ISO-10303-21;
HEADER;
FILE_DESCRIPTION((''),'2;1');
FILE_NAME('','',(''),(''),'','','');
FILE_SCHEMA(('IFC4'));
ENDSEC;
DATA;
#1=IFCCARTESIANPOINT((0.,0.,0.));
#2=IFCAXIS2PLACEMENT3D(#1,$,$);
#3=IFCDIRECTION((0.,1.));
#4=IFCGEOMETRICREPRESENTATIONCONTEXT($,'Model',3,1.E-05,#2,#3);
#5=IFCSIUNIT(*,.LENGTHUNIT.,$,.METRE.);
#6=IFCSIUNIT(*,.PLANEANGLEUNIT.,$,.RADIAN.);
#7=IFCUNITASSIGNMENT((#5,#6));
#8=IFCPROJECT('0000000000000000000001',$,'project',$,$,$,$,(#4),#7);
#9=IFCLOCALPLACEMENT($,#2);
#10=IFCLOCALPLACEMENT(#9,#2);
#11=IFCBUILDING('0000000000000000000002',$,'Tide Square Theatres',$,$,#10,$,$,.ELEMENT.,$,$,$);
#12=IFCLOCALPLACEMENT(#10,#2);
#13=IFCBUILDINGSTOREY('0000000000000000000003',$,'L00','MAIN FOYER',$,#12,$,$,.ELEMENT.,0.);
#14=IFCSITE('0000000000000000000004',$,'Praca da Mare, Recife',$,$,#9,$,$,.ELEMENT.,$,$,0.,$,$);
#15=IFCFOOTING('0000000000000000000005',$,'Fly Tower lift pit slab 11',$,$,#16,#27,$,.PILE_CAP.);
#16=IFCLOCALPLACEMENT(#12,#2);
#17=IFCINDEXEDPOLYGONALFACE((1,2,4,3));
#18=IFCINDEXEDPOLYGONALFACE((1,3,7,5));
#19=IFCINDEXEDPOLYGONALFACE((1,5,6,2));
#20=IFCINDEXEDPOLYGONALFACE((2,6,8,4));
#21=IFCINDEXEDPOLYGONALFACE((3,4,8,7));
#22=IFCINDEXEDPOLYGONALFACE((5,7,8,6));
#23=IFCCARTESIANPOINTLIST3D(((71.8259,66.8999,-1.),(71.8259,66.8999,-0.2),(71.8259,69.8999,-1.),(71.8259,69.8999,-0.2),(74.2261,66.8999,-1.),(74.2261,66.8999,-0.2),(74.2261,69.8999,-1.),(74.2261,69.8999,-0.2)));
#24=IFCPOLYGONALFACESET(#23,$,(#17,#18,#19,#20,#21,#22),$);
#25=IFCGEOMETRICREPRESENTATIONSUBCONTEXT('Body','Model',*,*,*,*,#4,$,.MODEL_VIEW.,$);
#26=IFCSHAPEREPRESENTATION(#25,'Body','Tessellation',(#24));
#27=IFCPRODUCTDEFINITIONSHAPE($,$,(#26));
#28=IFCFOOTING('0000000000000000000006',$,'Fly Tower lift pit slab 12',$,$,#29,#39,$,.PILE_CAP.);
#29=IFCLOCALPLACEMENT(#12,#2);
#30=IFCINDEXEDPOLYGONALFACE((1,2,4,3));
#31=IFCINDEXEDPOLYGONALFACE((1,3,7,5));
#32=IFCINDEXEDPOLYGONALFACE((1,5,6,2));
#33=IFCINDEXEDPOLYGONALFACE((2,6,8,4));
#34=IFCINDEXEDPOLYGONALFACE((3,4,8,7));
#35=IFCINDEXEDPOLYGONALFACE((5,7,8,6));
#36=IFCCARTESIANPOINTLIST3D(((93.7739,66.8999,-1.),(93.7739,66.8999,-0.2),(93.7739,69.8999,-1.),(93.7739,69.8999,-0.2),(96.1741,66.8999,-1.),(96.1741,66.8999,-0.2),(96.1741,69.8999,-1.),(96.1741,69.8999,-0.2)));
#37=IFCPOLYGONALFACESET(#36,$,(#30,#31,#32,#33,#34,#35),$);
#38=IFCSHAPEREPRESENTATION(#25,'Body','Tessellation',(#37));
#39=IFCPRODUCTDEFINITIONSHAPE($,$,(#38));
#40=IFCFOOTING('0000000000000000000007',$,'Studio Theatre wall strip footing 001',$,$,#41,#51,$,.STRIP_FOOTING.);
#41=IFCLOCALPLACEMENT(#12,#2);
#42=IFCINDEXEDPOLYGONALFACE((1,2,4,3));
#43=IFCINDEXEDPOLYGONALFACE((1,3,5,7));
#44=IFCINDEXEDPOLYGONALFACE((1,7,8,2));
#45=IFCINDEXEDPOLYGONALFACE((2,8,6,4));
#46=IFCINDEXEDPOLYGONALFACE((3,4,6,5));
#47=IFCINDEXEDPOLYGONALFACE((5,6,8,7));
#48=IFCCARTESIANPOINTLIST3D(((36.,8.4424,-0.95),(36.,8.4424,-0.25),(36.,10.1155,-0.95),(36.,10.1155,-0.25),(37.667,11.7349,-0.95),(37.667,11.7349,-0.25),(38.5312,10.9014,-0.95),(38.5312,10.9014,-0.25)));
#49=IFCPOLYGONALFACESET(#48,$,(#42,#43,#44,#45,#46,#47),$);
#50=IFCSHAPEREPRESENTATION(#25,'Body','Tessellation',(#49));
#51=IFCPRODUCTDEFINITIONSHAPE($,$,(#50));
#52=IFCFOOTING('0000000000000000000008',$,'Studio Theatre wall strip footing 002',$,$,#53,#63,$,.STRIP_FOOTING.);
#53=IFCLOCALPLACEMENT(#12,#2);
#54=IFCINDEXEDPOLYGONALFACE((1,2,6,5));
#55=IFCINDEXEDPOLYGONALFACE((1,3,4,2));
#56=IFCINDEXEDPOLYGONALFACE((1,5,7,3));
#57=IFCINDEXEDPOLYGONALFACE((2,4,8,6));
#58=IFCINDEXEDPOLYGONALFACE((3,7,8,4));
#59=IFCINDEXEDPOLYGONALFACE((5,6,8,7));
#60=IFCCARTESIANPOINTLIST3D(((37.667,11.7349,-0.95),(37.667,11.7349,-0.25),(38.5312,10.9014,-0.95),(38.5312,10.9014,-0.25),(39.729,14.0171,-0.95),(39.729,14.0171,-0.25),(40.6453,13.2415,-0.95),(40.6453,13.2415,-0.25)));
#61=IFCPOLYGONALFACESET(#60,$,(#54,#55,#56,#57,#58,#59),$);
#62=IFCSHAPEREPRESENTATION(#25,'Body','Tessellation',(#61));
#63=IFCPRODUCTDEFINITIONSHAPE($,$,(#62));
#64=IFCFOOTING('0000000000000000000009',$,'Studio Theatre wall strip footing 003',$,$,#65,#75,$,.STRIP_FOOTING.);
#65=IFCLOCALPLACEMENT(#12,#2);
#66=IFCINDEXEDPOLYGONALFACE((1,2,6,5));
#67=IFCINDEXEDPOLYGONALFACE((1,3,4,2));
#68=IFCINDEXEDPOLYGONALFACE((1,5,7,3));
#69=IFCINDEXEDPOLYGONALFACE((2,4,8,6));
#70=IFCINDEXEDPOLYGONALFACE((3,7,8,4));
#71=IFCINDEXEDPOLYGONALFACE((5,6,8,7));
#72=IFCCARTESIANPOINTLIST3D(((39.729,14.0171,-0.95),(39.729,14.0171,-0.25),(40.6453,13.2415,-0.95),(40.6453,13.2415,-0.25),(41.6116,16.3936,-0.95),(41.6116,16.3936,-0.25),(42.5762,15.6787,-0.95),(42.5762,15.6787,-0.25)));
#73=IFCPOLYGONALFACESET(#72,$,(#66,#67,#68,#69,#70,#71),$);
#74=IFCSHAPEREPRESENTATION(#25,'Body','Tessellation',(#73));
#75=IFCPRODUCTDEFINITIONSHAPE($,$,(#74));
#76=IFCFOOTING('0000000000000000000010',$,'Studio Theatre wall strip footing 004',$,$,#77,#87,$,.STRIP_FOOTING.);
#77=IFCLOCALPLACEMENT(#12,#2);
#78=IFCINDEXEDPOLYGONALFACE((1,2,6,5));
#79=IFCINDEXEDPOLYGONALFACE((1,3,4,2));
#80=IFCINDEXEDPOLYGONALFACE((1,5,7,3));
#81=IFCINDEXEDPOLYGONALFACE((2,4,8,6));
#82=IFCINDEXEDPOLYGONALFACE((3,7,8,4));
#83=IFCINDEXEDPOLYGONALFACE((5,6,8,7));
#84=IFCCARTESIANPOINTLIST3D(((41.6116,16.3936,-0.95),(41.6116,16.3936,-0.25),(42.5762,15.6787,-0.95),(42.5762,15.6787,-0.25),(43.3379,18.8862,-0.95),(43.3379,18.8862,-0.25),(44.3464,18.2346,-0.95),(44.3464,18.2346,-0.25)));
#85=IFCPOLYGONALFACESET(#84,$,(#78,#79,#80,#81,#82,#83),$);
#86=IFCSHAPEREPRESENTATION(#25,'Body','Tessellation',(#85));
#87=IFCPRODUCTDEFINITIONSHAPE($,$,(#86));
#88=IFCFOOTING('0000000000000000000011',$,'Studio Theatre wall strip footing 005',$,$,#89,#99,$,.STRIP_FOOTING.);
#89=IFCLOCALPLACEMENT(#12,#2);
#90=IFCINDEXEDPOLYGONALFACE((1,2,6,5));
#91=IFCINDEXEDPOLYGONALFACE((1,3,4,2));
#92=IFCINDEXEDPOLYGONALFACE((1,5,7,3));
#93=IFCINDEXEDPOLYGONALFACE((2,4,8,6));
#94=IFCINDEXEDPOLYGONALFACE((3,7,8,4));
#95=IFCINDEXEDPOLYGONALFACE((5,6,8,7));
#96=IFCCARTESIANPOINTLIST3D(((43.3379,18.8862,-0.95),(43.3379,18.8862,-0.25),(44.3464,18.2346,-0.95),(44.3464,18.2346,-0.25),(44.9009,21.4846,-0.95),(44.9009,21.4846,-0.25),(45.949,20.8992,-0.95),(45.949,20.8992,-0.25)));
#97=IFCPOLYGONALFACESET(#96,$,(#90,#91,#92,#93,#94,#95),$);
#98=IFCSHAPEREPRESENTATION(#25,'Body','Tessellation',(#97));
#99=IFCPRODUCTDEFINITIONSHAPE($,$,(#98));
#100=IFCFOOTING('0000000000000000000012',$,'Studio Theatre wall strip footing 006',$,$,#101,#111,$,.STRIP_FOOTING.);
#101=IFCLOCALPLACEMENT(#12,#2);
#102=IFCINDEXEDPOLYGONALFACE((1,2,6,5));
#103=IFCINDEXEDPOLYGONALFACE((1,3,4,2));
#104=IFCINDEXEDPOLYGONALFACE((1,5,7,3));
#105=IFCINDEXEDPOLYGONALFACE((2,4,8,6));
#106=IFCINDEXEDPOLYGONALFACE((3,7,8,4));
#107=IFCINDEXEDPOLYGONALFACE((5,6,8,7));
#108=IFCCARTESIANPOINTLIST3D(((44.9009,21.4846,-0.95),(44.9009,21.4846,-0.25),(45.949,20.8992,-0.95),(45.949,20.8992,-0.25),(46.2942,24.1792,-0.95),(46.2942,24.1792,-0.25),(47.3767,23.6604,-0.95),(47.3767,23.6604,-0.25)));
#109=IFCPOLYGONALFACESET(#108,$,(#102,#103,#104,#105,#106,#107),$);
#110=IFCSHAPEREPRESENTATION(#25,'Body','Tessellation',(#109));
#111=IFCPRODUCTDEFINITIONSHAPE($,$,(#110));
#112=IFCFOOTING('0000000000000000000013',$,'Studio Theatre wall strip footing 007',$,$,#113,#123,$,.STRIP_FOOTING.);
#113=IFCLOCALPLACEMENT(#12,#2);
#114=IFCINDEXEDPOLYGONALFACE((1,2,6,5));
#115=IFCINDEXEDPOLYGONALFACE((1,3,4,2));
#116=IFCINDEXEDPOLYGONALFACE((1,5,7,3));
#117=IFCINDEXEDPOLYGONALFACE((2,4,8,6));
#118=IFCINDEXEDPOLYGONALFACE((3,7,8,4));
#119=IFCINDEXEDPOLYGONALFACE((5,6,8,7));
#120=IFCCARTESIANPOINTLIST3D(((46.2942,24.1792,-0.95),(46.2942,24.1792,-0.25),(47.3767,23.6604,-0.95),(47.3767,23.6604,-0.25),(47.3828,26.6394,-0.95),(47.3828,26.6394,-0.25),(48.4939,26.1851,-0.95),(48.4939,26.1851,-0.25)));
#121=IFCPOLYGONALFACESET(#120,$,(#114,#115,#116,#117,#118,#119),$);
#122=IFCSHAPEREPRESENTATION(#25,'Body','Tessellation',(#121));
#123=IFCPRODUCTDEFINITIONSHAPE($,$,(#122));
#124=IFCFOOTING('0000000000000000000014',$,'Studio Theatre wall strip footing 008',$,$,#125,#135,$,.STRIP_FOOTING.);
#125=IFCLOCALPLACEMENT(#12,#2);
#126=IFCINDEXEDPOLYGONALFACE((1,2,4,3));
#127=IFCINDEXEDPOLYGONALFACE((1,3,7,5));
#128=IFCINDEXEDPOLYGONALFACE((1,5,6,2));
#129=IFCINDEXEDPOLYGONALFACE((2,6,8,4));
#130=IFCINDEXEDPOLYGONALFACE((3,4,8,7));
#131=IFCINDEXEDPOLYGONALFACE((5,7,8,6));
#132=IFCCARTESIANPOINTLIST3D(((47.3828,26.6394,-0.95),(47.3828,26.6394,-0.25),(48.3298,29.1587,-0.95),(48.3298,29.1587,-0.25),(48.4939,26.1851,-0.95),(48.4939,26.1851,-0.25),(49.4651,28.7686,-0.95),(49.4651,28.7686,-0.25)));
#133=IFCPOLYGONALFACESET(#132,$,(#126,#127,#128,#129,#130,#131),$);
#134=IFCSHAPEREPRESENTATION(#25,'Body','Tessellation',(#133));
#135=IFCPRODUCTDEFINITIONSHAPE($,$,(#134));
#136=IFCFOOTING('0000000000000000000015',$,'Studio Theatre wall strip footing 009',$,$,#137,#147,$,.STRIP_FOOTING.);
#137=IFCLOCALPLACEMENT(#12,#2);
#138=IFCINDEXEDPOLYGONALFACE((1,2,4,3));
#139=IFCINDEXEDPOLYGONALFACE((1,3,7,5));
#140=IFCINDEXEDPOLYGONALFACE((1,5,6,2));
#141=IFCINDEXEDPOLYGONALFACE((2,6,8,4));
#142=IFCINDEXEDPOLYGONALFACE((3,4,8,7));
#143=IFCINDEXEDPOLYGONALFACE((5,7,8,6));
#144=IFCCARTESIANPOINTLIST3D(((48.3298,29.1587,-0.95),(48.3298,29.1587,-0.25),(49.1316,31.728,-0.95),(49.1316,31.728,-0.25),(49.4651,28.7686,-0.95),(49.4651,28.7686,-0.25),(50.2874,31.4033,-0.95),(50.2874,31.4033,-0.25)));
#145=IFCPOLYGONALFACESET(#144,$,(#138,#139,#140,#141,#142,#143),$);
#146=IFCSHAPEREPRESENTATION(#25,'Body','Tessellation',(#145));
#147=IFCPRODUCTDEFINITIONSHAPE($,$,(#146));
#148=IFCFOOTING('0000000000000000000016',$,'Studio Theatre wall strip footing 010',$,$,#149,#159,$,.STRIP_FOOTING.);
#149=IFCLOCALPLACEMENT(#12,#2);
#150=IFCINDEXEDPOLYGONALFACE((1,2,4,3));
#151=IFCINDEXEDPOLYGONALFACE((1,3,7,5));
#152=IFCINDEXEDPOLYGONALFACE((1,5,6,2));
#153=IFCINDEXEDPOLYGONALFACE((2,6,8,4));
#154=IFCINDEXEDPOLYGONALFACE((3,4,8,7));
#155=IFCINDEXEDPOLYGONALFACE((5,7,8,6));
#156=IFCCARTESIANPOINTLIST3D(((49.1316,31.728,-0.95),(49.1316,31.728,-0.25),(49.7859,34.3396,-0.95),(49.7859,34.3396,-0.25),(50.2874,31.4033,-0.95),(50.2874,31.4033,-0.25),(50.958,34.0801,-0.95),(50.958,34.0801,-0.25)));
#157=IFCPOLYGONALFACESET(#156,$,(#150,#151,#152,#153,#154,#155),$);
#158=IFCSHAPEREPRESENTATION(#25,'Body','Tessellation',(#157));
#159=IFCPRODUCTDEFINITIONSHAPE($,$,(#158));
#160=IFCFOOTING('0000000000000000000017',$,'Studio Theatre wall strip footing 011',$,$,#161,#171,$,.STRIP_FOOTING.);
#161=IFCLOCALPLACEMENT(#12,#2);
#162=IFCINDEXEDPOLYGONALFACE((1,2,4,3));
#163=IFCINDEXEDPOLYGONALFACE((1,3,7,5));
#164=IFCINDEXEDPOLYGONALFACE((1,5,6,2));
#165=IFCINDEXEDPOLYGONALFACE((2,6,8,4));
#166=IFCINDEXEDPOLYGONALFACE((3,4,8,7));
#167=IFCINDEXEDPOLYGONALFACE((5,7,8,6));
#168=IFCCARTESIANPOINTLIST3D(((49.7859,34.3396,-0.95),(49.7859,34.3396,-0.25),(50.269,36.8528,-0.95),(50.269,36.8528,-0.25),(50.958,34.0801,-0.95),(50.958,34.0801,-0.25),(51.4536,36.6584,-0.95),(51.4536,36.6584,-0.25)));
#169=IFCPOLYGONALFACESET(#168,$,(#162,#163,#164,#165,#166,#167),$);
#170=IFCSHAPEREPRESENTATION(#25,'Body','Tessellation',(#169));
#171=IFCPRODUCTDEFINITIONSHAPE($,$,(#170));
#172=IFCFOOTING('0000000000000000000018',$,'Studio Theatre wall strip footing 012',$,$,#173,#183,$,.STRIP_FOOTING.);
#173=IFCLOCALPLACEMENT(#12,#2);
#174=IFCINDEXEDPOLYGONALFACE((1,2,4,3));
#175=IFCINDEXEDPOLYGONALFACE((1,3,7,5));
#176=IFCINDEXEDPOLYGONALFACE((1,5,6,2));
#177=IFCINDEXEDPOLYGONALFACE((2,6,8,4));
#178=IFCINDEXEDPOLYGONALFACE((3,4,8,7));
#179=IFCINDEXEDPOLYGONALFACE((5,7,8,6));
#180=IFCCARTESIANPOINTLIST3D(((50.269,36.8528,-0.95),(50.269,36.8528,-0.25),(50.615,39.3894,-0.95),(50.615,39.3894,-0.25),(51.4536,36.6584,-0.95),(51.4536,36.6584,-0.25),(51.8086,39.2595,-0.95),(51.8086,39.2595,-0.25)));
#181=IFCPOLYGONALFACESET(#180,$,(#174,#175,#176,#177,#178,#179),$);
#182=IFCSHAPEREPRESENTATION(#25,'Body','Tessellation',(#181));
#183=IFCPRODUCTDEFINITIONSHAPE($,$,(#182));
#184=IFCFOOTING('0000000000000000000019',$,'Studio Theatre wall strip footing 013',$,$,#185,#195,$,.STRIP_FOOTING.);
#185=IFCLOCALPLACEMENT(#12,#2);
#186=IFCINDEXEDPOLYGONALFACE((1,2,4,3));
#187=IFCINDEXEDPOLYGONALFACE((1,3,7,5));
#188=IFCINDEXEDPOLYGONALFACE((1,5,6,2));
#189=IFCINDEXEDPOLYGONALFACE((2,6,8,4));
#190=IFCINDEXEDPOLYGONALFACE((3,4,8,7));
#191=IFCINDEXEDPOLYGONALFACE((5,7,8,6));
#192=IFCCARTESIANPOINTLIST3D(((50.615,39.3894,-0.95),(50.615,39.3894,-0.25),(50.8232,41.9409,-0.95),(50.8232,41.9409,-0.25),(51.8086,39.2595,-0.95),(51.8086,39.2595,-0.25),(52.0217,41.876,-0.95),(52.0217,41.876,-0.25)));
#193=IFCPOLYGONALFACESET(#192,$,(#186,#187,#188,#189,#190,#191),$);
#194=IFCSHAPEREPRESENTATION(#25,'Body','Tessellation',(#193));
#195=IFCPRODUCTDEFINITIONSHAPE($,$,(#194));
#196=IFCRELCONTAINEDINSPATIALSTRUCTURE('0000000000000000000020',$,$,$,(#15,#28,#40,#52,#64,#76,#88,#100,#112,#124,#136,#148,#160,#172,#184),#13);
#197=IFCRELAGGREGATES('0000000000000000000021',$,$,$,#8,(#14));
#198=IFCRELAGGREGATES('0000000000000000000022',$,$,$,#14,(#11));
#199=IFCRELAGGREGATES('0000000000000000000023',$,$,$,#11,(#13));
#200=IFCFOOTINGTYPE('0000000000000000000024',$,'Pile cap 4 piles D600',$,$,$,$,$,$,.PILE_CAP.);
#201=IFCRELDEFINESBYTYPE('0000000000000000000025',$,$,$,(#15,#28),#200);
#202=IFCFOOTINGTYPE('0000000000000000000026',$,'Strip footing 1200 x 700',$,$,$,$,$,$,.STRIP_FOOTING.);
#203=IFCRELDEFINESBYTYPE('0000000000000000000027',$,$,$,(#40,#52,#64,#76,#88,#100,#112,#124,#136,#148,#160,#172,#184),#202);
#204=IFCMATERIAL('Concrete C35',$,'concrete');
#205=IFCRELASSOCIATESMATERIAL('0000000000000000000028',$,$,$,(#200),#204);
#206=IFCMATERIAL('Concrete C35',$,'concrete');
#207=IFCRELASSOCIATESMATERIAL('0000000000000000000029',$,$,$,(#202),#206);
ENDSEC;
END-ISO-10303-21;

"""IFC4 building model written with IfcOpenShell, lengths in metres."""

from ifc_helpers import new_model, si_unit, direction, frame, origin, place, context, subcontext, project, spatial, polyline, outline, extrude, material, type_object, element, save


model = new_model("IFC4")

# Units and contexts
model_context = context("Model", 3, precision=1e-05, world=origin(), true_north=direction((0.0, 1.0)))
body_context = subcontext(model_context, "Body", "Model", "MODEL_VIEW")
ifc_project = project(units=[si_unit("LENGTHUNIT", "METRE"), si_unit("PLANEANGLEUNIT", "RADIAN")], contexts=[model_context])

# Site, building, storey
site_placement = place(None, origin())
site = spatial("IfcSite", under=ifc_project, at=site_placement, Name="Praca da Mare, Recife", CompositionType="ELEMENT", RefElevation=0.0)
building_placement = place(site_placement, origin())
building = spatial("IfcBuilding", under=site, at=building_placement, Name="Tide Square Theatres", CompositionType="ELEMENT")
storey_placement = place(building_placement, origin())
storey = spatial("IfcBuildingStorey", under=building, at=storey_placement, Name="L00", Description="MAIN FOYER", CompositionType="ELEMENT", Elevation=0.0)

# Footings
ifc_material_1 = material(Name="Concrete C35", Category="concrete")
footing_type_1 = type_object("IfcFootingType", Name="Pile cap 4 piles D600", PredefinedType="PILE_CAP", material=ifc_material_1)
footing_1_placement = place(storey_placement, frame((0.0, 0.0, -1.0)))
element("IfcFooting", 1, at=footing_1_placement, inside=storey, type_object=footing_type_1, Name="Fly Tower lift pit slab 11", PredefinedType="PILE_CAP", context=body_context, shape_type="SweptSolid", body=[
    extrude(outline(polyline([(71.8259, 66.8999), (74.2261, 66.8999), (74.2261, 69.8999), (71.8259, 69.8999), (71.8259, 66.8999)])), origin(), (0.0, 0.0, 1.0), 0.8),
])
footing_2_placement = place(storey_placement, frame((0.0, 0.0, -1.0)))
element("IfcFooting", 2, at=footing_2_placement, inside=storey, type_object=footing_type_1, Name="Fly Tower lift pit slab 12", PredefinedType="PILE_CAP", context=body_context, shape_type="SweptSolid", body=[
    extrude(outline(polyline([(93.7739, 66.8999), (96.1741, 66.8999), (96.1741, 69.8999), (93.7739, 69.8999), (93.7739, 66.8999)])), origin(), (0.0, 0.0, 1.0), 0.8),
])
ifc_material_2 = material(Name="Concrete C35", Category="concrete")
footing_type_2 = type_object("IfcFootingType", Name="Strip footing 1200 x 700", PredefinedType="STRIP_FOOTING", material=ifc_material_2)
footing_3_placement = place(storey_placement, frame((0.0, 0.0, -0.95)))
element("IfcFooting", 3, at=footing_3_placement, inside=storey, type_object=footing_type_2, Name="Studio Theatre wall strip footing 001", PredefinedType="STRIP_FOOTING", context=body_context, shape_type="SweptSolid", body=[
    extrude(outline(polyline([(36.0, 8.4424), (38.5312, 10.9014), (37.667, 11.7349), (36.0, 10.1155), (36.0, 8.4424)])), origin(), (0.0, 0.0, 1.0), 0.7),
])
footing_4_placement = place(storey_placement, frame((0.0, 0.0, -0.95)))
element("IfcFooting", 4, at=footing_4_placement, inside=storey, type_object=footing_type_2, Name="Studio Theatre wall strip footing 002", PredefinedType="STRIP_FOOTING", context=body_context, shape_type="SweptSolid", body=[
    extrude(outline(polyline([(38.5312, 10.9014), (40.6453, 13.2415), (39.729, 14.0171), (37.667, 11.7349), (38.5312, 10.9014)])), origin(), (0.0, 0.0, 1.0), 0.7),
])
footing_5_placement = place(storey_placement, frame((0.0, 0.0, -0.95)))
element("IfcFooting", 5, at=footing_5_placement, inside=storey, type_object=footing_type_2, Name="Studio Theatre wall strip footing 003", PredefinedType="STRIP_FOOTING", context=body_context, shape_type="SweptSolid", body=[
    extrude(outline(polyline([(40.6453, 13.2415), (42.5762, 15.6787), (41.6116, 16.3936), (39.729, 14.0171), (40.6453, 13.2415)])), origin(), (0.0, 0.0, 1.0), 0.7),
])
footing_6_placement = place(storey_placement, frame((0.0, 0.0, -0.95)))
element("IfcFooting", 6, at=footing_6_placement, inside=storey, type_object=footing_type_2, Name="Studio Theatre wall strip footing 004", PredefinedType="STRIP_FOOTING", context=body_context, shape_type="SweptSolid", body=[
    extrude(outline(polyline([(42.5762, 15.6787), (44.3464, 18.2346), (43.3379, 18.8862), (41.6116, 16.3936), (42.5762, 15.6787)])), origin(), (0.0, 0.0, 1.0), 0.7),
])
footing_7_placement = place(storey_placement, frame((0.0, 0.0, -0.95)))
element("IfcFooting", 7, at=footing_7_placement, inside=storey, type_object=footing_type_2, Name="Studio Theatre wall strip footing 005", PredefinedType="STRIP_FOOTING", context=body_context, shape_type="SweptSolid", body=[
    extrude(outline(polyline([(44.3464, 18.2346), (45.949, 20.8992), (44.9009, 21.4846), (43.3379, 18.8862), (44.3464, 18.2346)])), origin(), (0.0, 0.0, 1.0), 0.7),
])
footing_8_placement = place(storey_placement, frame((0.0, 0.0, -0.95)))
element("IfcFooting", 8, at=footing_8_placement, inside=storey, type_object=footing_type_2, Name="Studio Theatre wall strip footing 006", PredefinedType="STRIP_FOOTING", context=body_context, shape_type="SweptSolid", body=[
    extrude(outline(polyline([(45.949, 20.8992), (47.3767, 23.6604), (46.2942, 24.1792), (44.9009, 21.4846), (45.949, 20.8992)])), origin(), (0.0, 0.0, 1.0), 0.7),
])
footing_9_placement = place(storey_placement, frame((0.0, 0.0, -0.95)))
element("IfcFooting", 9, at=footing_9_placement, inside=storey, type_object=footing_type_2, Name="Studio Theatre wall strip footing 007", PredefinedType="STRIP_FOOTING", context=body_context, shape_type="SweptSolid", body=[
    extrude(outline(polyline([(47.3767, 23.6604), (48.4939, 26.1851), (47.3828, 26.6394), (46.2942, 24.1792), (47.3767, 23.6604)])), origin(), (0.0, 0.0, 1.0), 0.7),
])
footing_10_placement = place(storey_placement, frame((0.0, 0.0, -0.95)))
element("IfcFooting", 10, at=footing_10_placement, inside=storey, type_object=footing_type_2, Name="Studio Theatre wall strip footing 008", PredefinedType="STRIP_FOOTING", context=body_context, shape_type="SweptSolid", body=[
    extrude(outline(polyline([(48.4939, 26.1851), (49.4651, 28.7686), (48.3298, 29.1587), (47.3828, 26.6394), (48.4939, 26.1851)])), origin(), (0.0, 0.0, 1.0), 0.7),
])
footing_11_placement = place(storey_placement, frame((0.0, 0.0, -0.95)))
element("IfcFooting", 11, at=footing_11_placement, inside=storey, type_object=footing_type_2, Name="Studio Theatre wall strip footing 009", PredefinedType="STRIP_FOOTING", context=body_context, shape_type="SweptSolid", body=[
    extrude(outline(polyline([(49.4651, 28.7686), (50.2874, 31.4033), (49.1316, 31.728), (48.3298, 29.1587), (49.4651, 28.7686)])), origin(), (0.0, 0.0, 1.0), 0.7),
])
footing_12_placement = place(storey_placement, frame((0.0, 0.0, -0.95)))
element("IfcFooting", 12, at=footing_12_placement, inside=storey, type_object=footing_type_2, Name="Studio Theatre wall strip footing 010", PredefinedType="STRIP_FOOTING", context=body_context, shape_type="SweptSolid", body=[
    extrude(outline(polyline([(50.2874, 31.4033), (50.958, 34.0801), (49.7859, 34.3396), (49.1316, 31.728), (50.2874, 31.4033)])), origin(), (0.0, 0.0, 1.0), 0.7),
])
footing_13_placement = place(storey_placement, frame((0.0, 0.0, -0.95)))
element("IfcFooting", 13, at=footing_13_placement, inside=storey, type_object=footing_type_2, Name="Studio Theatre wall strip footing 011", PredefinedType="STRIP_FOOTING", context=body_context, shape_type="SweptSolid", body=[
    extrude(outline(polyline([(50.958, 34.0801), (51.4536, 36.6584), (50.269, 36.8528), (49.7859, 34.3396), (50.958, 34.0801)])), origin(), (0.0, 0.0, 1.0), 0.7),
])
footing_14_placement = place(storey_placement, frame((0.0, 0.0, -0.95)))
element("IfcFooting", 14, at=footing_14_placement, inside=storey, type_object=footing_type_2, Name="Studio Theatre wall strip footing 012", PredefinedType="STRIP_FOOTING", context=body_context, shape_type="SweptSolid", body=[
    extrude(outline(polyline([(51.4536, 36.6584), (51.8086, 39.2595), (50.615, 39.3894), (50.269, 36.8528), (51.4536, 36.6584)])), origin(), (0.0, 0.0, 1.0), 0.7),
])
footing_15_placement = place(storey_placement, frame((0.0, 0.0, -0.95)))
element("IfcFooting", 15, at=footing_15_placement, inside=storey, type_object=footing_type_2, Name="Studio Theatre wall strip footing 013", PredefinedType="STRIP_FOOTING", context=body_context, shape_type="SweptSolid", body=[
    extrude(outline(polyline([(51.8086, 39.2595), (52.0217, 41.876), (50.8232, 41.9409), (50.615, 39.3894), (51.8086, 39.2595)])), origin(), (0.0, 0.0, 1.0), 0.7),
])

save(model, "model.ifc")
